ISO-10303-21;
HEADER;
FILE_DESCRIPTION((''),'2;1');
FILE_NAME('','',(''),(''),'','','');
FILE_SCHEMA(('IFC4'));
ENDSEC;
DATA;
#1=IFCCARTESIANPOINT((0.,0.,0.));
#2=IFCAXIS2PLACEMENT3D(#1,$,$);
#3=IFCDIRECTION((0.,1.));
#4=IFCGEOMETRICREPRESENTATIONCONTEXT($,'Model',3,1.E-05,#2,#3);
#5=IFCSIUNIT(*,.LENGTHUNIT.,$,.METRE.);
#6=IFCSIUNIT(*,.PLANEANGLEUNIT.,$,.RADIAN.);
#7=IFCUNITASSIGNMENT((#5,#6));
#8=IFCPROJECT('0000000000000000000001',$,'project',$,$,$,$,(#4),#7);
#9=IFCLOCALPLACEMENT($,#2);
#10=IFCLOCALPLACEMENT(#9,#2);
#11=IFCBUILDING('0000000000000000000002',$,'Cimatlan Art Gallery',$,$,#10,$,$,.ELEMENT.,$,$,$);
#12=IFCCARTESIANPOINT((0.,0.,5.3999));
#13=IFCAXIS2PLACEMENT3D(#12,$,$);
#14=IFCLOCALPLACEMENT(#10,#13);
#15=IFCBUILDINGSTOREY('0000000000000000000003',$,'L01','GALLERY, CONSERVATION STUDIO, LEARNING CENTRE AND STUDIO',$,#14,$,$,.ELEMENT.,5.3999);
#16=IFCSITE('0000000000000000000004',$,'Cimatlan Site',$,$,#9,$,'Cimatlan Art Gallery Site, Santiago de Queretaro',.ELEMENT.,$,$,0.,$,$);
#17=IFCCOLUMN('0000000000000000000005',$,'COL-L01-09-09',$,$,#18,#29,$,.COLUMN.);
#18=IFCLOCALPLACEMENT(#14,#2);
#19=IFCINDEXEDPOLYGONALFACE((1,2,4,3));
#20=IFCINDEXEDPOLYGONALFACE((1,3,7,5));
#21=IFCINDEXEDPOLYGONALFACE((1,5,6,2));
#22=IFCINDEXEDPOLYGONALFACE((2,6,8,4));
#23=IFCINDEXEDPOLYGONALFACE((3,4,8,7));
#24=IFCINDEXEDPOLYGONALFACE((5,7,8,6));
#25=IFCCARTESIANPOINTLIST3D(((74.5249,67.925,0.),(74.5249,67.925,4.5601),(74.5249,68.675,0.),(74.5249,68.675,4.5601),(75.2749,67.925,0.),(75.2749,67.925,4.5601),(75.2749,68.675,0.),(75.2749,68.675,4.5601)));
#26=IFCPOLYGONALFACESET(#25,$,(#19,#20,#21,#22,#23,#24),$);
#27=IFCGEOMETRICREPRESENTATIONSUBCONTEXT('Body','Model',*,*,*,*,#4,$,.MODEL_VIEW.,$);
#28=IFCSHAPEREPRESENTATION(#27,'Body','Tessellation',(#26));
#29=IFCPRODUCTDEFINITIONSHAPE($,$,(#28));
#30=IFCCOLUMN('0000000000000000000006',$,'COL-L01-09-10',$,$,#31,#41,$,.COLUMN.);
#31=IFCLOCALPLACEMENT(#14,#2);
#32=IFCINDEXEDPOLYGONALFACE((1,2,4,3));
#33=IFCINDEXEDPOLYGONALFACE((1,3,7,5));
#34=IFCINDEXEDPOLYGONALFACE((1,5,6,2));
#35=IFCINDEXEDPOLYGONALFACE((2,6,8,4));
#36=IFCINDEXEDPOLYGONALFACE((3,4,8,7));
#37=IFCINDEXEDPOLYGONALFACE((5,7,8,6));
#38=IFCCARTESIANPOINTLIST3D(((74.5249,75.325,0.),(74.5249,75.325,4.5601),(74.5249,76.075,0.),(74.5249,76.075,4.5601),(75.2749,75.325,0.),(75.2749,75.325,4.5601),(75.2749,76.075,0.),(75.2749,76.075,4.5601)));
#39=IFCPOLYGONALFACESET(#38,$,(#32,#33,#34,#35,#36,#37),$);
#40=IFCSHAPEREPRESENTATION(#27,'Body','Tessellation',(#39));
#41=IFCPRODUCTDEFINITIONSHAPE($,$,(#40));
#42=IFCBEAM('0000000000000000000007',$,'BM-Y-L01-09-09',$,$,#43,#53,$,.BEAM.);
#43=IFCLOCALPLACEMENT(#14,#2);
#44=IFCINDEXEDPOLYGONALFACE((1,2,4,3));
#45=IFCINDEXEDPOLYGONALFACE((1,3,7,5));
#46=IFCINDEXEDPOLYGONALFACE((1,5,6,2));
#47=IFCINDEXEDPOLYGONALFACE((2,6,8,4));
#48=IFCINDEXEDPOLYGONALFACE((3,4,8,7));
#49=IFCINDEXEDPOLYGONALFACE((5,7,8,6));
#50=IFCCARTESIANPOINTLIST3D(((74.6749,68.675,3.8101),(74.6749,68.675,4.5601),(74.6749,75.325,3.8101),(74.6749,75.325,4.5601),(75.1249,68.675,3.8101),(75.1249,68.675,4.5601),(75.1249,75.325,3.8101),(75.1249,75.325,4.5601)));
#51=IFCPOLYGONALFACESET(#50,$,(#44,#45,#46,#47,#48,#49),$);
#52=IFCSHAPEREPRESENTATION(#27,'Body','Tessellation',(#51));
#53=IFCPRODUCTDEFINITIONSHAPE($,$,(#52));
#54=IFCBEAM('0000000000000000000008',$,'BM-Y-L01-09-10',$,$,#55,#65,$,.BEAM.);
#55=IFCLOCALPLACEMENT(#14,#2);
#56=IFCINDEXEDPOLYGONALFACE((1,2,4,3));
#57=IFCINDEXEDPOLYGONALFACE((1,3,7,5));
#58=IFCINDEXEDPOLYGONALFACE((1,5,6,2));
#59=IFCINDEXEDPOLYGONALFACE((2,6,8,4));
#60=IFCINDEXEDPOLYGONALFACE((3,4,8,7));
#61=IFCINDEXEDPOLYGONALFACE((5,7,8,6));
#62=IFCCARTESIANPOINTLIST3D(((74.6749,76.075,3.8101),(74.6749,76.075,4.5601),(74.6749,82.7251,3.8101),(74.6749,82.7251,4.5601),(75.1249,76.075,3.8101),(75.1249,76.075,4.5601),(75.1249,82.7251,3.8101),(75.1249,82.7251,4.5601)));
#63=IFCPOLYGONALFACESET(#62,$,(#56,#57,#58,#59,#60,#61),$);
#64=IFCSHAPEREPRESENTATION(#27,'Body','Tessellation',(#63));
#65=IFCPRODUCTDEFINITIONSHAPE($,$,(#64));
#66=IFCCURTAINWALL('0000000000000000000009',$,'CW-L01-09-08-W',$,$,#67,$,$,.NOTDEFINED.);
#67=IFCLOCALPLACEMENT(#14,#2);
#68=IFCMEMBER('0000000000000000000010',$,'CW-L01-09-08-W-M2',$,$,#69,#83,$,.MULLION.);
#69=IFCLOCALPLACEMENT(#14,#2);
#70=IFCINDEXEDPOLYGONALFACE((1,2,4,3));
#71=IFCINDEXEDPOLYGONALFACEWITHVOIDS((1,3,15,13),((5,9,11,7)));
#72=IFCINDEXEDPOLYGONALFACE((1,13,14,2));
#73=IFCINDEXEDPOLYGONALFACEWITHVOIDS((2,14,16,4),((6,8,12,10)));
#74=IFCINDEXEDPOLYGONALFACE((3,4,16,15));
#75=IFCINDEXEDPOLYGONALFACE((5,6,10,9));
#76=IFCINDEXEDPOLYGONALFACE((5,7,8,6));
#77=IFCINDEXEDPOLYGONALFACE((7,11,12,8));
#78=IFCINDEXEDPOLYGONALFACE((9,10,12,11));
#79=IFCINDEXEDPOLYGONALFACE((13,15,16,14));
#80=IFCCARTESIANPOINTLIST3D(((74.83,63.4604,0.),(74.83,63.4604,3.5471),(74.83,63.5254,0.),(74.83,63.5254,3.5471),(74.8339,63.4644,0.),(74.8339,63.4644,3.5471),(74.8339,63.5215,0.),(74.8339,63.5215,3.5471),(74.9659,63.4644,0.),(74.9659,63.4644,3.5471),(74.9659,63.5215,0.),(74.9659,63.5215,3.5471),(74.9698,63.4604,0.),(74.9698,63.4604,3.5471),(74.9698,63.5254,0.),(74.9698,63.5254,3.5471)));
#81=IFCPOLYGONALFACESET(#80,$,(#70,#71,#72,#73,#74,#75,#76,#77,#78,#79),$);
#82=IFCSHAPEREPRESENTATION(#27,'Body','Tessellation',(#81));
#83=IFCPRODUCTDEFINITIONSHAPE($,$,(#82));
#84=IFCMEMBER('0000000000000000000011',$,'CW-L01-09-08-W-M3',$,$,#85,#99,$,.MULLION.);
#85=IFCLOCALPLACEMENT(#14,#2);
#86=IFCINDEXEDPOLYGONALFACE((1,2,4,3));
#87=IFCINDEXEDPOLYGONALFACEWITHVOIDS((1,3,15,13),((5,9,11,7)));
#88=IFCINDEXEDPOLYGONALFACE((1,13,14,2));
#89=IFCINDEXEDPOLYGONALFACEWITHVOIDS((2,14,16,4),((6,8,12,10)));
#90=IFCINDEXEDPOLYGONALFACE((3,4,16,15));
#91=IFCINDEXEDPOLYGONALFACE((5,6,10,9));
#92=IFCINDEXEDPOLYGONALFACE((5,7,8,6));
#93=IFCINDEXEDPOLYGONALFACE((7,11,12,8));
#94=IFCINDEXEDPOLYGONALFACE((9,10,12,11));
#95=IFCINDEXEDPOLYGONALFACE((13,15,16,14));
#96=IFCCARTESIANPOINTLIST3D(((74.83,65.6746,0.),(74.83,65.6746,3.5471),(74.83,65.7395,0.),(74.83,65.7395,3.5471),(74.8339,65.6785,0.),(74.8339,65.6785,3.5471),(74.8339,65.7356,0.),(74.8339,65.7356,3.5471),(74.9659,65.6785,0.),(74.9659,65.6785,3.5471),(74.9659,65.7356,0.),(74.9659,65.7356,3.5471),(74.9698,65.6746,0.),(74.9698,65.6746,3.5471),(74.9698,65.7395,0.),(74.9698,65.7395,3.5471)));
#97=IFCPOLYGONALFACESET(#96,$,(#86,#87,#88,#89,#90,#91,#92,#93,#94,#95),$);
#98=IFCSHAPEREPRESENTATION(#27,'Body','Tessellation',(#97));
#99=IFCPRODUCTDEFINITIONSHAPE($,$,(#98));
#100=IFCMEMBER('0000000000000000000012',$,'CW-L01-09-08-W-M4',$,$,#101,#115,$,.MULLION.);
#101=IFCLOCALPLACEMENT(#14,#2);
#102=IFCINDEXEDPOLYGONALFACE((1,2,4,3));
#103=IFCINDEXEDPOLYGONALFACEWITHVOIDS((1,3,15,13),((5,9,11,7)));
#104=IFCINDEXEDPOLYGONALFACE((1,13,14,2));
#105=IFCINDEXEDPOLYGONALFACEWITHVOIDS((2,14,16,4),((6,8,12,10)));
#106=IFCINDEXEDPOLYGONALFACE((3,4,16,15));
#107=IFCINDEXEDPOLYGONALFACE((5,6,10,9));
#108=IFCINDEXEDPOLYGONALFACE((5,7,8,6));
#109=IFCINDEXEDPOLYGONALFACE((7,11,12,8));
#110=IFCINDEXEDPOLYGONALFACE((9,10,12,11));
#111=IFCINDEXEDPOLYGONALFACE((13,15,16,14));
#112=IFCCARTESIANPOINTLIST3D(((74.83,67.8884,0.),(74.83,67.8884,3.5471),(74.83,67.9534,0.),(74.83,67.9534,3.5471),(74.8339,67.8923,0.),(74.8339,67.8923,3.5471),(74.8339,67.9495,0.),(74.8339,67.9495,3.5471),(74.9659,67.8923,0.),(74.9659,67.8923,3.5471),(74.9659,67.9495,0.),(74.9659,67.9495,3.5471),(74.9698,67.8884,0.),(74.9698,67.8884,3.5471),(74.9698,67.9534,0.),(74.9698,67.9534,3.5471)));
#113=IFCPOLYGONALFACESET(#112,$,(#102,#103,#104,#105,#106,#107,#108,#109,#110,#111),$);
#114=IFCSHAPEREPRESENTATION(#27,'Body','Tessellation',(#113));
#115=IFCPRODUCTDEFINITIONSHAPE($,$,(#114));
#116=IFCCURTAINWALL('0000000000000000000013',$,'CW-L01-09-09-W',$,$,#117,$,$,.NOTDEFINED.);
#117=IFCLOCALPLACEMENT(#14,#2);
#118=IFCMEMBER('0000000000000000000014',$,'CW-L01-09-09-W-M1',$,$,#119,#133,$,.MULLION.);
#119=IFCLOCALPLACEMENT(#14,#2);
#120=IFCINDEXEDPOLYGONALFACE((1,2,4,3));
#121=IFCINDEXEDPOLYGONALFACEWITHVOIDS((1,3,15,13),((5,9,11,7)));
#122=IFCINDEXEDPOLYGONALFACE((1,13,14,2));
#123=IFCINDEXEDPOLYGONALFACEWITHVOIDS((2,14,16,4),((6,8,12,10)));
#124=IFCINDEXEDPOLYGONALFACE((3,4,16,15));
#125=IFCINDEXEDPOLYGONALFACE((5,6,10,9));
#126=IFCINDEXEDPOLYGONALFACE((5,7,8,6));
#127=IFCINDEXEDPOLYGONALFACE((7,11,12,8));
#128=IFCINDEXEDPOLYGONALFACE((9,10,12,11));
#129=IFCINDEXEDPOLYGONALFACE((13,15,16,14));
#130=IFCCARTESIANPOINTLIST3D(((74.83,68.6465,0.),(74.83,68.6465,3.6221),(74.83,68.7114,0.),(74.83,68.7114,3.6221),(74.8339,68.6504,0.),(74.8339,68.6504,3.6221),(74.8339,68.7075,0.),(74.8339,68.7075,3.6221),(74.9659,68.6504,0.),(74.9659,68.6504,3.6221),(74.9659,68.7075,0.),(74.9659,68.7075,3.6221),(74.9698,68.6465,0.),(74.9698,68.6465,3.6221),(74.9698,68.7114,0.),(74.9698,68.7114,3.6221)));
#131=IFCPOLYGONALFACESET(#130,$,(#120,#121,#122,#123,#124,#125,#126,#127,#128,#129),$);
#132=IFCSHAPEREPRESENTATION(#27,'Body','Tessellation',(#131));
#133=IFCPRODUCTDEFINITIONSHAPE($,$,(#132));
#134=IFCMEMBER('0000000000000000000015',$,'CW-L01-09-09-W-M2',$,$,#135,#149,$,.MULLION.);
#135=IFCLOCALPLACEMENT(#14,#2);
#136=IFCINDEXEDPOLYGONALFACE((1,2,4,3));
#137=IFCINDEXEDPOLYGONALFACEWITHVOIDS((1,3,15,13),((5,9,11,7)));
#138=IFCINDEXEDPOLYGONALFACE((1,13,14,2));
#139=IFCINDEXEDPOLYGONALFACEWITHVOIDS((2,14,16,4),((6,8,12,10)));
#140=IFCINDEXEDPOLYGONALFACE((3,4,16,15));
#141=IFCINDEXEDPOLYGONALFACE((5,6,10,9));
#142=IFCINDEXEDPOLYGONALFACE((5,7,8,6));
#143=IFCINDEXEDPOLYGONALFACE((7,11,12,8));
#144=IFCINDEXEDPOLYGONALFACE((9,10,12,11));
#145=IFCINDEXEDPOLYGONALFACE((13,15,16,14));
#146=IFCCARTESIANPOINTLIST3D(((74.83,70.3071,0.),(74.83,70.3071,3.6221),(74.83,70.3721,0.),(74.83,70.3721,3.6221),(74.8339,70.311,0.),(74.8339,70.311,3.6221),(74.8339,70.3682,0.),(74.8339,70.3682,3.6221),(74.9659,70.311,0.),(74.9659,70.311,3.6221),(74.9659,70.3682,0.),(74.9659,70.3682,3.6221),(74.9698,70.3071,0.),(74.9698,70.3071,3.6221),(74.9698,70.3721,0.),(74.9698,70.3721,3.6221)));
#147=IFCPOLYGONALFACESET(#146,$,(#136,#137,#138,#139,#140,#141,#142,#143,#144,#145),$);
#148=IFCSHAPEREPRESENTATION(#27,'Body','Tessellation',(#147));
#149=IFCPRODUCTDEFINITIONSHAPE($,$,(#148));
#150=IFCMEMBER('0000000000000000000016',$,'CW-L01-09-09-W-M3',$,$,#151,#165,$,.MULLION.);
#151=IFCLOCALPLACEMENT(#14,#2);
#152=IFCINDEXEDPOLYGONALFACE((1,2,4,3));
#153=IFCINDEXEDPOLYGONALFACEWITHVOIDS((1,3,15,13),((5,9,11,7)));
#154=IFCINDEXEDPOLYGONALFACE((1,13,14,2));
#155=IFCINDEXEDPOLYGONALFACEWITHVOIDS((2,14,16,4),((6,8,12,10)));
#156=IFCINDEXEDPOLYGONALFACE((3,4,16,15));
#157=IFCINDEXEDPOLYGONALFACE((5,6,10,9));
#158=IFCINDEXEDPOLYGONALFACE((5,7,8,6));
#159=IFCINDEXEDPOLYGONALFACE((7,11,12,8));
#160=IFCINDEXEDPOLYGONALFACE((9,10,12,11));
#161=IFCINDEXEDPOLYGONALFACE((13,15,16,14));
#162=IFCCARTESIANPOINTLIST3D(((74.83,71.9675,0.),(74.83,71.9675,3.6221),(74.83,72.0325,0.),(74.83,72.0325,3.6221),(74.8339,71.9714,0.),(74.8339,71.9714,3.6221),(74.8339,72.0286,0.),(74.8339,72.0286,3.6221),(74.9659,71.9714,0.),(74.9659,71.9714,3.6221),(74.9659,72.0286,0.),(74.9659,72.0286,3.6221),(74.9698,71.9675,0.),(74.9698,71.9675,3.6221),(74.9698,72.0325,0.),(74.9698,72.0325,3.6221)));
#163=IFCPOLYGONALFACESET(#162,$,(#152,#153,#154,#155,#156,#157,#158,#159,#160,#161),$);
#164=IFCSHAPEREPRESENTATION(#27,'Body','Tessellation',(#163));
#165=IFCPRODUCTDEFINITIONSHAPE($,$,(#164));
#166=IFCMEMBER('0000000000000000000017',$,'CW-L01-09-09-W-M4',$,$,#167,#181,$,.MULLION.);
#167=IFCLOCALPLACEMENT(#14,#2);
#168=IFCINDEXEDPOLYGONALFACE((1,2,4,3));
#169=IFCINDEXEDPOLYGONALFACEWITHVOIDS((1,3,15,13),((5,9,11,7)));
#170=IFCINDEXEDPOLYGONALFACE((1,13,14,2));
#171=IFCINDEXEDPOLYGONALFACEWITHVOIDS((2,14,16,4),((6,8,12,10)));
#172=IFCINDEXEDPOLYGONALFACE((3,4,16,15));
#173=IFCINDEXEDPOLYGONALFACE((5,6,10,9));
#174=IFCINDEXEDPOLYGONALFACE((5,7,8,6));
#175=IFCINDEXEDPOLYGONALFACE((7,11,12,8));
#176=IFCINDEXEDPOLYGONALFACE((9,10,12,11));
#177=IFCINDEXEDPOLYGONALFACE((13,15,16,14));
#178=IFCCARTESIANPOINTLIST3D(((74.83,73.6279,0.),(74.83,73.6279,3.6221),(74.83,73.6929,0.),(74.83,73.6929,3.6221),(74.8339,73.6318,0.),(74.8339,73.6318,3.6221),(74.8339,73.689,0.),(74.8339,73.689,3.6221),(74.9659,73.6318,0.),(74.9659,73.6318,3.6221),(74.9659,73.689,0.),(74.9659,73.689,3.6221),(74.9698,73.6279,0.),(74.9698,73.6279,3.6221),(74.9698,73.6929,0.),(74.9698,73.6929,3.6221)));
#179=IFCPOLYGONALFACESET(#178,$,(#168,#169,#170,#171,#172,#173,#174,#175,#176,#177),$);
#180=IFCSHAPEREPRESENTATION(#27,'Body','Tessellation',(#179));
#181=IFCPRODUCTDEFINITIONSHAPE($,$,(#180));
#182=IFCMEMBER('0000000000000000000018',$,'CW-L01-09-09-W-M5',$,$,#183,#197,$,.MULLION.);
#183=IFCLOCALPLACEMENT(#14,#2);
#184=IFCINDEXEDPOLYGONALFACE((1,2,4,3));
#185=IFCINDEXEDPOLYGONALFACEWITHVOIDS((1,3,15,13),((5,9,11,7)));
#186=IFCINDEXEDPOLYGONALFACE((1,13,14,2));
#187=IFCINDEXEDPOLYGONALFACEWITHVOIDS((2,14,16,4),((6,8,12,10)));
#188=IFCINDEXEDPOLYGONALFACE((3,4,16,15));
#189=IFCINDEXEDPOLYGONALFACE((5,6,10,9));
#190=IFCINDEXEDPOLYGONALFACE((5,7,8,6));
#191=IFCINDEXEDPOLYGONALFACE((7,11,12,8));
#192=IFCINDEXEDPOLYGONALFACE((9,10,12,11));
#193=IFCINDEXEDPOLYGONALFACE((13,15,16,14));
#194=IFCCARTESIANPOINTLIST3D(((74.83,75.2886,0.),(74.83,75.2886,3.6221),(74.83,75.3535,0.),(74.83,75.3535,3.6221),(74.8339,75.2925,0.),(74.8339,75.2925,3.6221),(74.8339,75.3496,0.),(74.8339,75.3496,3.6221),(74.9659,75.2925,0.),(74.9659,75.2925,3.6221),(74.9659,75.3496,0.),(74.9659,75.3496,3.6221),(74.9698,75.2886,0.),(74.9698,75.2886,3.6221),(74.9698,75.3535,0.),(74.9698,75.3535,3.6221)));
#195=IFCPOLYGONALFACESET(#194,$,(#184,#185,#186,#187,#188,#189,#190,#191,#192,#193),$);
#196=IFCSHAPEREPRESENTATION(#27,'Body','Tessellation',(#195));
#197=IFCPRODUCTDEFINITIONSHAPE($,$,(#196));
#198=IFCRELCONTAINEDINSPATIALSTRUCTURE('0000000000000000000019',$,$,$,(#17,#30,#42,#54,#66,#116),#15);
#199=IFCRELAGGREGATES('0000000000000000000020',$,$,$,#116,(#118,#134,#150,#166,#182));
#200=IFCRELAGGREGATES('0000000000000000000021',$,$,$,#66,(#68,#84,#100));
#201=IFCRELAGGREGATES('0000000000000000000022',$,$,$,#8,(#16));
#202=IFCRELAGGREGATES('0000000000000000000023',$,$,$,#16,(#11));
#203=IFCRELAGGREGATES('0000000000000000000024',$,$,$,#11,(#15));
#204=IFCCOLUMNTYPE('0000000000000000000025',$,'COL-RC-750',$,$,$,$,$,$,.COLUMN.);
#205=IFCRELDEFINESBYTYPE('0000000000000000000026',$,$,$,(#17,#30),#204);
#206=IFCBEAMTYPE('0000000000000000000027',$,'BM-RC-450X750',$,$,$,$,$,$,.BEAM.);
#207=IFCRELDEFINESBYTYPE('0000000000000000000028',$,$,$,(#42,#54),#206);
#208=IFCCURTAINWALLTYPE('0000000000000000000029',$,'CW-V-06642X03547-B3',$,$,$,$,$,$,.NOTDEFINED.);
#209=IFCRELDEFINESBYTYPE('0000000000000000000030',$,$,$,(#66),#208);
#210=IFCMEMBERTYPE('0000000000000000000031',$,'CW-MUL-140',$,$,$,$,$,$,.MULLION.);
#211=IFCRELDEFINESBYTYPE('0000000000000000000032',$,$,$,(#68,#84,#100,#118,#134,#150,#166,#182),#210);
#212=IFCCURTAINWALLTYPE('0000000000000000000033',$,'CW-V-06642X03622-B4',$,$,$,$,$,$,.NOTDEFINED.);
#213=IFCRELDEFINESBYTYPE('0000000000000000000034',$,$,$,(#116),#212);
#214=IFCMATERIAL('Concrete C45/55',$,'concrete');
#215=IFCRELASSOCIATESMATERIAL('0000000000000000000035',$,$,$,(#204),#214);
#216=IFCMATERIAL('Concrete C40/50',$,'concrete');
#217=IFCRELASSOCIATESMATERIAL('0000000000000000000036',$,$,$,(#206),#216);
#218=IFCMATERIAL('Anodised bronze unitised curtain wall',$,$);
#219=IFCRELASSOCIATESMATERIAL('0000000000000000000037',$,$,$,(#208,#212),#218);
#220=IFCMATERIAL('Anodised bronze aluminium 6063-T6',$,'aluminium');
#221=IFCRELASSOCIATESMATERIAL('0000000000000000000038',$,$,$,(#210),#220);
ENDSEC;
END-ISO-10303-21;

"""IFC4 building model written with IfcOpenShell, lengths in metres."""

from ifc_helpers import new_model, si_unit, direction, frame, origin, origin_2d, place, context, subcontext, project, spatial, rectangle, hollow_rectangle, extrude, material, material_profile, profile_set, type_object, element, aggregate, save


model = new_model("IFC4")

# Units and contexts
model_context = context("Model", 3, precision=1e-05, world=origin(), true_north=direction((0.0, 1.0)))
body_context = subcontext(model_context, "Body", "Model", "MODEL_VIEW")
ifc_project = project(units=[si_unit("LENGTHUNIT", "METRE"), si_unit("PLANEANGLEUNIT", "RADIAN")], contexts=[model_context])

# Site, building, storey
site_placement = place(None, origin())
site = spatial("IfcSite", under=ifc_project, at=site_placement, Name="Cimatlan Site", LongName="Cimatlan Art Gallery Site, Santiago de Queretaro", CompositionType="ELEMENT", RefElevation=0.0)
building_placement = place(site_placement, origin())
building = spatial("IfcBuilding", under=site, at=building_placement, Name="Cimatlan Art Gallery", CompositionType="ELEMENT")
storey_placement = place(building_placement, frame((0.0, 0.0, 5.3999)))
storey = spatial("IfcBuildingStorey", under=building, at=storey_placement, Name="L01", Description="GALLERY, CONSERVATION STUDIO, LEARNING CENTRE AND STUDIO", CompositionType="ELEMENT", Elevation=5.3999)

# Columns
ifc_material_1 = material(Name="Concrete C45/55", Category="concrete")
ifc_material_profile_1 = material_profile(ifc_material_1, rectangle(XDim=0.75, YDim=0.75, at=origin_2d()), Name="RC750X750")
ifc_profile_set_1 = profile_set([ifc_material_profile_1], Name="Concrete C45/55")
column_type = type_object("IfcColumnType", Name="COL-RC-750", PredefinedType="COLUMN", material=ifc_profile_set_1)
for number, where, z_axis, x_axis, name in (
    (1, (74.8999, 68.3, 0.0), (0.0, 0.0, 1.0), (1.0, 0.0, 0.0), "COL-L01-09-09"),
    (2, (74.8999, 75.7, 0.0), (0.0, 0.0, 1.0), (1.0, 0.0, 0.0), "COL-L01-09-10"),
):
    element("IfcColumn", number, at=place(storey_placement, frame(where, z_axis=z_axis, x_axis=x_axis)), inside=storey, type_object=column_type, Name=name, PredefinedType="COLUMN", context=body_context, shape_type="SweptSolid", body=[
        extrude(rectangle(XDim=0.75, YDim=0.75, at=origin_2d()), origin(), (0.0, 0.0, 1.0), 4.5601),
    ])

# Beams
ifc_material_2 = material(Name="Concrete C40/50", Category="concrete")
ifc_material_profile_2 = material_profile(ifc_material_2, rectangle(XDim=0.45, YDim=0.75, at=origin_2d()), Name="RC450X750")
ifc_profile_set_2 = profile_set([ifc_material_profile_2], Name="Concrete C40/50")
beam_type = type_object("IfcBeamType", Name="BM-RC-450X750", PredefinedType="BEAM", material=ifc_profile_set_2)
beam_1_placement = place(storey_placement, frame((74.8999, 68.675, 4.1851), z_axis=(0.0, 1.0, 0.0), x_axis=(-1.0, 0.0, 0.0)))
element("IfcBeam", 3, at=beam_1_placement, inside=storey, type_object=beam_type, Name="BM-Y-L01-09-09", PredefinedType="BEAM", context=body_context, shape_type="SweptSolid", body=[
    extrude(rectangle(XDim=0.45, YDim=0.75, at=origin_2d()), origin(), (0.0, 0.0, 1.0), 6.6499),
])
beam_2_placement = place(storey_placement, frame((74.8999, 76.075, 4.1851), z_axis=(0.0, 1.0, 0.0), x_axis=(-1.0, 0.0, 0.0)))
element("IfcBeam", 4, at=beam_2_placement, inside=storey, type_object=beam_type, Name="BM-Y-L01-09-10", PredefinedType="BEAM", context=body_context, shape_type="SweptSolid", body=[
    extrude(rectangle(XDim=0.45, YDim=0.75, at=origin_2d()), origin(), (0.0, 0.0, 1.0), 6.6501),
])

# Curtain walls, members
ifc_material_3 = material(Name="Anodised bronze unitised curtain wall")
curtain_wall_type_1 = type_object("IfcCurtainWallType", Name="CW-V-06642X03547-B3", PredefinedType="NOTDEFINED", material=ifc_material_3)
curtain_wall_1_placement = place(storey_placement, origin())
curtain_wall_1 = element("IfcCurtainWall", 5, at=curtain_wall_1_placement, inside=storey, type_object=curtain_wall_type_1, Name="CW-L01-09-08-W", PredefinedType="NOTDEFINED")
ifc_material_4 = material(Name="Anodised bronze aluminium 6063-T6", Category="aluminium")
ifc_material_profile_3 = material_profile(ifc_material_4, hollow_rectangle(XDim=0.0649, YDim=0.1399, WallThickness=0.0039, at=origin_2d()), Name="ALU65X140X4")
ifc_profile_set_3 = profile_set([ifc_material_profile_3], Name="Anodised bronze aluminium 6063-T6")
member_type_1 = type_object("IfcMemberType", Name="CW-MUL-140", PredefinedType="MULLION", material=ifc_profile_set_3)
member_1_placement = place(storey_placement, frame((74.8999, 63.4929, 0.0), z_axis=(0.0, 0.0, 1.0), x_axis=(0.0, 1.0, 0.0)))
member_1 = element("IfcMember", 6, at=member_1_placement, type_object=member_type_1, Name="CW-L01-09-08-W-M2", PredefinedType="MULLION", context=body_context, shape_type="SweptSolid", body=[
    extrude(hollow_rectangle(XDim=0.0649, YDim=0.1399, WallThickness=0.0039, at=origin_2d()), origin(), (0.0, 0.0, 1.0), 3.5471),
])
member_2_placement = place(storey_placement, frame((74.8999, 65.707, 0.0), z_axis=(0.0, 0.0, 1.0), x_axis=(0.0, 1.0, 0.0)))
member_2 = element("IfcMember", 7, at=member_2_placement, type_object=member_type_1, Name="CW-L01-09-08-W-M3", PredefinedType="MULLION", context=body_context, shape_type="SweptSolid", body=[
    extrude(hollow_rectangle(XDim=0.0649, YDim=0.1399, WallThickness=0.0039, at=origin_2d()), origin(), (0.0, 0.0, 1.0), 3.5471),
])
member_3_placement = place(storey_placement, frame((74.8999, 67.9209, 0.0), z_axis=(0.0, 0.0, 1.0), x_axis=(0.0, 1.0, 0.0)))
member_3 = element("IfcMember", 8, at=member_3_placement, type_object=member_type_1, Name="CW-L01-09-08-W-M4", PredefinedType="MULLION", context=body_context, shape_type="SweptSolid", body=[
    extrude(hollow_rectangle(XDim=0.0649, YDim=0.1399, WallThickness=0.0039, at=origin_2d()), origin(), (0.0, 0.0, 1.0), 3.5471),
])
curtain_wall_type_2 = type_object("IfcCurtainWallType", Name="CW-V-06642X03622-B4", PredefinedType="NOTDEFINED", material=ifc_material_3)
curtain_wall_2_placement = place(storey_placement, origin())
curtain_wall_2 = element("IfcCurtainWall", 9, at=curtain_wall_2_placement, inside=storey, type_object=curtain_wall_type_2, Name="CW-L01-09-09-W", PredefinedType="NOTDEFINED")
member_4_placement = place(storey_placement, frame((74.8999, 68.679, 0.0), z_axis=(0.0, 0.0, 1.0), x_axis=(0.0, 1.0, 0.0)))
member_4 = element("IfcMember", 10, at=member_4_placement, type_object=member_type_1, Name="CW-L01-09-09-W-M1", PredefinedType="MULLION", context=body_context, shape_type="SweptSolid", body=[
    extrude(hollow_rectangle(XDim=0.0649, YDim=0.1399, WallThickness=0.0039, at=origin_2d()), origin(), (0.0, 0.0, 1.0), 3.6221),
])
member_5_placement = place(storey_placement, frame((74.8999, 70.3396, 0.0), z_axis=(0.0, 0.0, 1.0), x_axis=(0.0, 1.0, 0.0)))
member_5 = element("IfcMember", 11, at=member_5_placement, type_object=member_type_1, Name="CW-L01-09-09-W-M2", PredefinedType="MULLION", context=body_context, shape_type="SweptSolid", body=[
    extrude(hollow_rectangle(XDim=0.0649, YDim=0.1399, WallThickness=0.0039, at=origin_2d()), origin(), (0.0, 0.0, 1.0), 3.6221),
])
member_6_placement = place(storey_placement, frame((74.8999, 72.0, 0.0), z_axis=(0.0, 0.0, 1.0), x_axis=(0.0, 1.0, 0.0)))
member_6 = element("IfcMember", 12, at=member_6_placement, type_object=member_type_1, Name="CW-L01-09-09-W-M3", PredefinedType="MULLION", context=body_context, shape_type="SweptSolid", body=[
    extrude(hollow_rectangle(XDim=0.0649, YDim=0.1399, WallThickness=0.0039, at=origin_2d()), origin(), (0.0, 0.0, 1.0), 3.6221),
])
member_7_placement = place(storey_placement, frame((74.8999, 73.6604, 0.0), z_axis=(0.0, 0.0, 1.0), x_axis=(0.0, 1.0, 0.0)))
member_7 = element("IfcMember", 13, at=member_7_placement, type_object=member_type_1, Name="CW-L01-09-09-W-M4", PredefinedType="MULLION", context=body_context, shape_type="SweptSolid", body=[
    extrude(hollow_rectangle(XDim=0.0649, YDim=0.1399, WallThickness=0.0039, at=origin_2d()), origin(), (0.0, 0.0, 1.0), 3.6221),
])
member_8_placement = place(storey_placement, frame((74.8999, 75.321, 0.0), z_axis=(0.0, 0.0, 1.0), x_axis=(0.0, 1.0, 0.0)))
member_8 = element("IfcMember", 14, at=member_8_placement, type_object=member_type_1, Name="CW-L01-09-09-W-M5", PredefinedType="MULLION", context=body_context, shape_type="SweptSolid", body=[
    extrude(hollow_rectangle(XDim=0.0649, YDim=0.1399, WallThickness=0.0039, at=origin_2d()), origin(), (0.0, 0.0, 1.0), 3.6221),
])

aggregate(curtain_wall_2, [member_4, member_5, member_6, member_7, member_8])
aggregate(curtain_wall_1, [member_1, member_2, member_3])

save(model, "model.ifc")
